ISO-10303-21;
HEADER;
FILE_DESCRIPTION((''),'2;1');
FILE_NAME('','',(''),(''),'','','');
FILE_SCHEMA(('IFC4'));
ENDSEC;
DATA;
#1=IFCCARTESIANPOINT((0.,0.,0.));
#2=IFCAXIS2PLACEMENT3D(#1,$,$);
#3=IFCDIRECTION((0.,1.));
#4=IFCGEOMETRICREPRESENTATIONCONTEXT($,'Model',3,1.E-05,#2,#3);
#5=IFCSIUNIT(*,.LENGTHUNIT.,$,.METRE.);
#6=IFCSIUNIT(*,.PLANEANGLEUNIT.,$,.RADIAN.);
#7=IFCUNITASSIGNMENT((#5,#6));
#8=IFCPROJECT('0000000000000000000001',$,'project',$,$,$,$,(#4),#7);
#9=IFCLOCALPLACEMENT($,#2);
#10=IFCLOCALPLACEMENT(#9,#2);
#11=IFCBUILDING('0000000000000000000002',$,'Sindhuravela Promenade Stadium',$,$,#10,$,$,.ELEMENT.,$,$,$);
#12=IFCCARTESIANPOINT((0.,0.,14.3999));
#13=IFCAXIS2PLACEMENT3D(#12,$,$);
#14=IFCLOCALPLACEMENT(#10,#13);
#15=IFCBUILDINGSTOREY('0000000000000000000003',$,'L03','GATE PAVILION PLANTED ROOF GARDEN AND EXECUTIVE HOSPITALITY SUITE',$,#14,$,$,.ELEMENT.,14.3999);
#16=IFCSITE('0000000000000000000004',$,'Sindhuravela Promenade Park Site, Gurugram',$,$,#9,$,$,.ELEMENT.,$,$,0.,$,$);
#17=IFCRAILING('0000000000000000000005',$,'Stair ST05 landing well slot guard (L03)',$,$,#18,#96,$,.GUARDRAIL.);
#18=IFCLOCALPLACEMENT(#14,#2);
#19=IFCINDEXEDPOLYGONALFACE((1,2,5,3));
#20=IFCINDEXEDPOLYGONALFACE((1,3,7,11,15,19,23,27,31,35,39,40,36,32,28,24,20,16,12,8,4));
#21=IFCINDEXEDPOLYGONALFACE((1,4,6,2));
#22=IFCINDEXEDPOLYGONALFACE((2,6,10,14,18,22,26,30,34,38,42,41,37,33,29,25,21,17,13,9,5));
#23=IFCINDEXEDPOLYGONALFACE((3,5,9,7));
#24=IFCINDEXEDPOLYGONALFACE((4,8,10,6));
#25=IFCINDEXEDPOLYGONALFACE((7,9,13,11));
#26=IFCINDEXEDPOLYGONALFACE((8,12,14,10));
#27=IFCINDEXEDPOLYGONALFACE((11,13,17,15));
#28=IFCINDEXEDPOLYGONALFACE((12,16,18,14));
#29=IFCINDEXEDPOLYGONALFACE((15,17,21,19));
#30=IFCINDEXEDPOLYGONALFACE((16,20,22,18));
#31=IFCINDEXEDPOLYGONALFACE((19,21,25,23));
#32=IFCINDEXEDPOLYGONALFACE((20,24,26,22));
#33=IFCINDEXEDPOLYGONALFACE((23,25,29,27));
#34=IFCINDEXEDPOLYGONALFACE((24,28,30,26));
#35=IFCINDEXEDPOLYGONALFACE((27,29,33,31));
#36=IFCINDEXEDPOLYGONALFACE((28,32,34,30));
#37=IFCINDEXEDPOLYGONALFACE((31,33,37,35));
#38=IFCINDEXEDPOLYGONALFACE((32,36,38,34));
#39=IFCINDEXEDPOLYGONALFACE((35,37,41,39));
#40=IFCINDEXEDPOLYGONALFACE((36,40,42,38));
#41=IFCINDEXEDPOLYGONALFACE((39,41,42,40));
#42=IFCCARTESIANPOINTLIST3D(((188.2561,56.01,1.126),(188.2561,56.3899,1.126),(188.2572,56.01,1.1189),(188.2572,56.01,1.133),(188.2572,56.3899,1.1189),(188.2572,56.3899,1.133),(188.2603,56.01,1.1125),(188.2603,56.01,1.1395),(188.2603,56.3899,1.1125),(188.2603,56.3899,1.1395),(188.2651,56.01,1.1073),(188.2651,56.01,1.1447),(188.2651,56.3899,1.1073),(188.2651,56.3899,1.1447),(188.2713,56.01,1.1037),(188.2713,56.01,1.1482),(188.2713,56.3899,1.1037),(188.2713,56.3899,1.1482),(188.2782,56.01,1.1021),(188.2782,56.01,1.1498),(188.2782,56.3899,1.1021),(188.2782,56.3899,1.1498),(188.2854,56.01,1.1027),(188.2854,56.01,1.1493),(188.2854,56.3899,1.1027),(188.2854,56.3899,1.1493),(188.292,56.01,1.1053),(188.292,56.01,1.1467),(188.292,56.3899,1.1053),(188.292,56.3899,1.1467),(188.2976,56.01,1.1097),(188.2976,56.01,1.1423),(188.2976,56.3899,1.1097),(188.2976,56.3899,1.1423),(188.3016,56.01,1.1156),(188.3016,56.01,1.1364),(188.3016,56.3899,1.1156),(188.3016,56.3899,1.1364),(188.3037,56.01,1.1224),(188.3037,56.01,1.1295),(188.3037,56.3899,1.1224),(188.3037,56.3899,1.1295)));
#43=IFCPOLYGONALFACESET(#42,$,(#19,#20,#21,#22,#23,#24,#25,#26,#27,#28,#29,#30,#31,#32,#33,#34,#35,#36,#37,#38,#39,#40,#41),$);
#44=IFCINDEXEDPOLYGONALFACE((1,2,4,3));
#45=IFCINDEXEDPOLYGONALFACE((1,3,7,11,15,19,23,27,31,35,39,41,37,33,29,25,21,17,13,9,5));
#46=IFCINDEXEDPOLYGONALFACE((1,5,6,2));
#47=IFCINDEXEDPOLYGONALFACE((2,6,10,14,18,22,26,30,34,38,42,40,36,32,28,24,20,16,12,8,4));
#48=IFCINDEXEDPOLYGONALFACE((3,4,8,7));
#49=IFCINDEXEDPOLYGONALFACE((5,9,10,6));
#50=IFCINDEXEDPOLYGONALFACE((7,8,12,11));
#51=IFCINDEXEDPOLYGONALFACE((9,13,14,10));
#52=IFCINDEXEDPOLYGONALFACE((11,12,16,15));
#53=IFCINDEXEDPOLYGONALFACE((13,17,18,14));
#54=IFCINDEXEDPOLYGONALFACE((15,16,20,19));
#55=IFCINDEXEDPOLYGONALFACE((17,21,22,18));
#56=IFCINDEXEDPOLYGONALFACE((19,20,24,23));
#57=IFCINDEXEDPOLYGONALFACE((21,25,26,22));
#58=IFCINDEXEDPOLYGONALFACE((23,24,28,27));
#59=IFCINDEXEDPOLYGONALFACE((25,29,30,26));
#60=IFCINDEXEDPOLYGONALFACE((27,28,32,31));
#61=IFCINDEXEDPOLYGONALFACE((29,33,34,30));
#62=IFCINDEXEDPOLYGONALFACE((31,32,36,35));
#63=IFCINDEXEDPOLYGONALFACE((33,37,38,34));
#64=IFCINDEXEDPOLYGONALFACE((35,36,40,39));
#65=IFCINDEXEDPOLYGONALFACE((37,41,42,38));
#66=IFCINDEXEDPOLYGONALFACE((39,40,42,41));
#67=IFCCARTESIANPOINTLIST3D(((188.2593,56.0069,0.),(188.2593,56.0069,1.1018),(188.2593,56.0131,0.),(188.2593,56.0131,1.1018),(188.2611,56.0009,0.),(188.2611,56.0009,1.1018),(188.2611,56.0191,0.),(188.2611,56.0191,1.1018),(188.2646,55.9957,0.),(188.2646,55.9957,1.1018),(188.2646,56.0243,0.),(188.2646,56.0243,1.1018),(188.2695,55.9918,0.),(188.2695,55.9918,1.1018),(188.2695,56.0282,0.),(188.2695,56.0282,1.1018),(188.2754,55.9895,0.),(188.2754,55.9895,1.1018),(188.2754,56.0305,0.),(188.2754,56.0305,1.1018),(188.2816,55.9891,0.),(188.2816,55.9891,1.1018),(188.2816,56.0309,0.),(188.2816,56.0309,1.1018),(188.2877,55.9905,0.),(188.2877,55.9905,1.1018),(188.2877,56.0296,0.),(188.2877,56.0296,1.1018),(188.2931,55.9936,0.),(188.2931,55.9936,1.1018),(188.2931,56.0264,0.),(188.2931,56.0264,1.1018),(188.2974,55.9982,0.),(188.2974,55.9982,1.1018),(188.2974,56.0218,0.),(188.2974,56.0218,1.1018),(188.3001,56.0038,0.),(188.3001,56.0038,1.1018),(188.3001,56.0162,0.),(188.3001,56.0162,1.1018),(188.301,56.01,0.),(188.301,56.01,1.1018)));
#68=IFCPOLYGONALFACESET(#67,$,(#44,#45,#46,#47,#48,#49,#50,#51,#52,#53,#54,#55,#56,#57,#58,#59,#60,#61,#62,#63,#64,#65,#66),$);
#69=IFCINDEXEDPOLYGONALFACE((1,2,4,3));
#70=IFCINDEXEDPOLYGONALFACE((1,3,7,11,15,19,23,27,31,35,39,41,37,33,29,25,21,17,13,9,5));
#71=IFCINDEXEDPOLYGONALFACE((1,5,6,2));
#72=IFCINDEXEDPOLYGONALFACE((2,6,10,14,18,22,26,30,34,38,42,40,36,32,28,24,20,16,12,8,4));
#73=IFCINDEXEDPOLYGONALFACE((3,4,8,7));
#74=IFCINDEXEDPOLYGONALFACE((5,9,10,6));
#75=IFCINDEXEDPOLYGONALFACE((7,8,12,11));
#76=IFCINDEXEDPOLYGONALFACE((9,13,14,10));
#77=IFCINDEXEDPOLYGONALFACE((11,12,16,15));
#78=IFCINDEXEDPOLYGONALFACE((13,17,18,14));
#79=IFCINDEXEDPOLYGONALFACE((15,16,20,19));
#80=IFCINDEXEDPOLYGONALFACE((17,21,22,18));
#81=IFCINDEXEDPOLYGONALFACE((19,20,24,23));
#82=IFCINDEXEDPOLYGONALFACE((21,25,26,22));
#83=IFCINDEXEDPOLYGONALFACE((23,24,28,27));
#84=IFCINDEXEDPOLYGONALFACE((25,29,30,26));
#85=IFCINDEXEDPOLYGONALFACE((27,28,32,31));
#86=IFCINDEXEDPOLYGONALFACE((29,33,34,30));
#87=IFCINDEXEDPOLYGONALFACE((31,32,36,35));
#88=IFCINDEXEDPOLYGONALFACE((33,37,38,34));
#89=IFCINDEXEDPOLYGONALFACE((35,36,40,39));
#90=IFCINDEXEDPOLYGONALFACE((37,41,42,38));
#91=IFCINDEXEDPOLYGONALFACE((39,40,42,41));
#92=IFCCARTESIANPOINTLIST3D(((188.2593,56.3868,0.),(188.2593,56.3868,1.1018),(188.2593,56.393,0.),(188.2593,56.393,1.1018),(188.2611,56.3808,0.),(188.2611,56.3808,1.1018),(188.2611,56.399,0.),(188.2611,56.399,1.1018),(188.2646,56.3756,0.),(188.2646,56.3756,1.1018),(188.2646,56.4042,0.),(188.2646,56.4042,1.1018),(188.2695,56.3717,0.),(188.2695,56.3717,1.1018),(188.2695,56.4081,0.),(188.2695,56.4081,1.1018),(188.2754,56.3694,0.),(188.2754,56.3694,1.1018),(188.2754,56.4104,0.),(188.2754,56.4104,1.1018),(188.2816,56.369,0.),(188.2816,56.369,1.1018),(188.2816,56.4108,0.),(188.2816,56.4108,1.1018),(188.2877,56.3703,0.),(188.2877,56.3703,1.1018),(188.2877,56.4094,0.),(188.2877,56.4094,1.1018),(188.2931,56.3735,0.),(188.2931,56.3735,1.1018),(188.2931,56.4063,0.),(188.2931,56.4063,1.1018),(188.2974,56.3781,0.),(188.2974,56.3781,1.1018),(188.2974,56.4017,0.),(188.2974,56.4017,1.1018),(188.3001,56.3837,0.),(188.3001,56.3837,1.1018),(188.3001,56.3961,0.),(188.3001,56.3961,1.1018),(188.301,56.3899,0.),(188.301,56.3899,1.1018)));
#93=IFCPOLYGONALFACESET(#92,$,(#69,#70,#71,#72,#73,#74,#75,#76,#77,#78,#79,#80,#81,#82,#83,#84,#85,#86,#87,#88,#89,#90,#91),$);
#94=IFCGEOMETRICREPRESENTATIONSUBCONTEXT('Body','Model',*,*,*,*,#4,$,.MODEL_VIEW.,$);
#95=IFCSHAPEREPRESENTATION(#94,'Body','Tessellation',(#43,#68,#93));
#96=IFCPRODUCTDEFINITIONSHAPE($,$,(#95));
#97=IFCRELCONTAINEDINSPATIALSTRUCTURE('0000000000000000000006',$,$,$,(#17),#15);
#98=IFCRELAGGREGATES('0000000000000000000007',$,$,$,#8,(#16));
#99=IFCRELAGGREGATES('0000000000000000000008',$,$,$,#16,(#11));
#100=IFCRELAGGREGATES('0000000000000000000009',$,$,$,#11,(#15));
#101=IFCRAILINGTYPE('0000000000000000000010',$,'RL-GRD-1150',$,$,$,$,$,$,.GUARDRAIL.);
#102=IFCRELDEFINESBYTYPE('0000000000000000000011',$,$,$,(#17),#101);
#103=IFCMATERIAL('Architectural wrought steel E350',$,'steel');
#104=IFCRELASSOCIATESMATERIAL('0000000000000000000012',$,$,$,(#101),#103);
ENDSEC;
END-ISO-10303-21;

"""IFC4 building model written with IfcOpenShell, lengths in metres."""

from ifc_helpers import new_model, si_unit, direction, frame, origin, origin_2d, place, context, subcontext, project, spatial, circle, extrude, material, type_object, element, save


model = new_model("IFC4")

# Units and contexts
model_context = context("Model", 3, precision=1e-05, world=origin(), true_north=direction((0.0, 1.0)))
body_context = subcontext(model_context, "Body", "Model", "MODEL_VIEW")
ifc_project = project(units=[si_unit("LENGTHUNIT", "METRE"), si_unit("PLANEANGLEUNIT", "RADIAN")], contexts=[model_context])

# Site, building, storey
site_placement = place(None, origin())
site = spatial("IfcSite", under=ifc_project, at=site_placement, Name="Sindhuravela Promenade Park Site, Gurugram", CompositionType="ELEMENT", RefElevation=0.0)
building_placement = place(site_placement, origin())
building = spatial("IfcBuilding", under=site, at=building_placement, Name="Sindhuravela Promenade Stadium", CompositionType="ELEMENT")
storey_placement = place(building_placement, frame((0.0, 0.0, 14.3999)))
storey = spatial("IfcBuildingStorey", under=building, at=storey_placement, Name="L03", Description="GATE PAVILION PLANTED ROOF GARDEN AND EXECUTIVE HOSPITALITY SUITE", CompositionType="ELEMENT", Elevation=14.3999)

# Shared definitions
ifc_material_1 = material(Name="Architectural wrought steel E350", Category="steel")

# Railing
railing_type_1 = type_object("IfcRailingType", Name="RL-GRD-1150", PredefinedType="GUARDRAIL", material=ifc_material_1)
railing_1_placement = place(storey_placement, frame((188.28, 56.01, 0.0)))
element("IfcRailing", 1, at=railing_1_placement, inside=storey, type_object=railing_type_1, Name="Stair ST05 landing well slot guard (L03)", PredefinedType="GUARDRAIL", context=body_context, shape_type="SweptSolid", body=[
    extrude(circle(Radius=0.0239, at=origin_2d()), frame((0.0, 0.0, 1.126), z_axis=(0.0, 1.0, 0.0), x_axis=(-1.0, 0.0, 0.0)), (0.0, 0.0, 1.0), 0.3799),
    extrude(circle(Radius=0.021, at=origin_2d()), origin(), (0.0, 0.0, 1.0), 1.1018),
    extrude(circle(Radius=0.021, at=origin_2d()), frame((0.0, 0.3799, 0.0)), (0.0, 0.0, 1.0), 1.1018),
])

save(model, "model.ifc")
